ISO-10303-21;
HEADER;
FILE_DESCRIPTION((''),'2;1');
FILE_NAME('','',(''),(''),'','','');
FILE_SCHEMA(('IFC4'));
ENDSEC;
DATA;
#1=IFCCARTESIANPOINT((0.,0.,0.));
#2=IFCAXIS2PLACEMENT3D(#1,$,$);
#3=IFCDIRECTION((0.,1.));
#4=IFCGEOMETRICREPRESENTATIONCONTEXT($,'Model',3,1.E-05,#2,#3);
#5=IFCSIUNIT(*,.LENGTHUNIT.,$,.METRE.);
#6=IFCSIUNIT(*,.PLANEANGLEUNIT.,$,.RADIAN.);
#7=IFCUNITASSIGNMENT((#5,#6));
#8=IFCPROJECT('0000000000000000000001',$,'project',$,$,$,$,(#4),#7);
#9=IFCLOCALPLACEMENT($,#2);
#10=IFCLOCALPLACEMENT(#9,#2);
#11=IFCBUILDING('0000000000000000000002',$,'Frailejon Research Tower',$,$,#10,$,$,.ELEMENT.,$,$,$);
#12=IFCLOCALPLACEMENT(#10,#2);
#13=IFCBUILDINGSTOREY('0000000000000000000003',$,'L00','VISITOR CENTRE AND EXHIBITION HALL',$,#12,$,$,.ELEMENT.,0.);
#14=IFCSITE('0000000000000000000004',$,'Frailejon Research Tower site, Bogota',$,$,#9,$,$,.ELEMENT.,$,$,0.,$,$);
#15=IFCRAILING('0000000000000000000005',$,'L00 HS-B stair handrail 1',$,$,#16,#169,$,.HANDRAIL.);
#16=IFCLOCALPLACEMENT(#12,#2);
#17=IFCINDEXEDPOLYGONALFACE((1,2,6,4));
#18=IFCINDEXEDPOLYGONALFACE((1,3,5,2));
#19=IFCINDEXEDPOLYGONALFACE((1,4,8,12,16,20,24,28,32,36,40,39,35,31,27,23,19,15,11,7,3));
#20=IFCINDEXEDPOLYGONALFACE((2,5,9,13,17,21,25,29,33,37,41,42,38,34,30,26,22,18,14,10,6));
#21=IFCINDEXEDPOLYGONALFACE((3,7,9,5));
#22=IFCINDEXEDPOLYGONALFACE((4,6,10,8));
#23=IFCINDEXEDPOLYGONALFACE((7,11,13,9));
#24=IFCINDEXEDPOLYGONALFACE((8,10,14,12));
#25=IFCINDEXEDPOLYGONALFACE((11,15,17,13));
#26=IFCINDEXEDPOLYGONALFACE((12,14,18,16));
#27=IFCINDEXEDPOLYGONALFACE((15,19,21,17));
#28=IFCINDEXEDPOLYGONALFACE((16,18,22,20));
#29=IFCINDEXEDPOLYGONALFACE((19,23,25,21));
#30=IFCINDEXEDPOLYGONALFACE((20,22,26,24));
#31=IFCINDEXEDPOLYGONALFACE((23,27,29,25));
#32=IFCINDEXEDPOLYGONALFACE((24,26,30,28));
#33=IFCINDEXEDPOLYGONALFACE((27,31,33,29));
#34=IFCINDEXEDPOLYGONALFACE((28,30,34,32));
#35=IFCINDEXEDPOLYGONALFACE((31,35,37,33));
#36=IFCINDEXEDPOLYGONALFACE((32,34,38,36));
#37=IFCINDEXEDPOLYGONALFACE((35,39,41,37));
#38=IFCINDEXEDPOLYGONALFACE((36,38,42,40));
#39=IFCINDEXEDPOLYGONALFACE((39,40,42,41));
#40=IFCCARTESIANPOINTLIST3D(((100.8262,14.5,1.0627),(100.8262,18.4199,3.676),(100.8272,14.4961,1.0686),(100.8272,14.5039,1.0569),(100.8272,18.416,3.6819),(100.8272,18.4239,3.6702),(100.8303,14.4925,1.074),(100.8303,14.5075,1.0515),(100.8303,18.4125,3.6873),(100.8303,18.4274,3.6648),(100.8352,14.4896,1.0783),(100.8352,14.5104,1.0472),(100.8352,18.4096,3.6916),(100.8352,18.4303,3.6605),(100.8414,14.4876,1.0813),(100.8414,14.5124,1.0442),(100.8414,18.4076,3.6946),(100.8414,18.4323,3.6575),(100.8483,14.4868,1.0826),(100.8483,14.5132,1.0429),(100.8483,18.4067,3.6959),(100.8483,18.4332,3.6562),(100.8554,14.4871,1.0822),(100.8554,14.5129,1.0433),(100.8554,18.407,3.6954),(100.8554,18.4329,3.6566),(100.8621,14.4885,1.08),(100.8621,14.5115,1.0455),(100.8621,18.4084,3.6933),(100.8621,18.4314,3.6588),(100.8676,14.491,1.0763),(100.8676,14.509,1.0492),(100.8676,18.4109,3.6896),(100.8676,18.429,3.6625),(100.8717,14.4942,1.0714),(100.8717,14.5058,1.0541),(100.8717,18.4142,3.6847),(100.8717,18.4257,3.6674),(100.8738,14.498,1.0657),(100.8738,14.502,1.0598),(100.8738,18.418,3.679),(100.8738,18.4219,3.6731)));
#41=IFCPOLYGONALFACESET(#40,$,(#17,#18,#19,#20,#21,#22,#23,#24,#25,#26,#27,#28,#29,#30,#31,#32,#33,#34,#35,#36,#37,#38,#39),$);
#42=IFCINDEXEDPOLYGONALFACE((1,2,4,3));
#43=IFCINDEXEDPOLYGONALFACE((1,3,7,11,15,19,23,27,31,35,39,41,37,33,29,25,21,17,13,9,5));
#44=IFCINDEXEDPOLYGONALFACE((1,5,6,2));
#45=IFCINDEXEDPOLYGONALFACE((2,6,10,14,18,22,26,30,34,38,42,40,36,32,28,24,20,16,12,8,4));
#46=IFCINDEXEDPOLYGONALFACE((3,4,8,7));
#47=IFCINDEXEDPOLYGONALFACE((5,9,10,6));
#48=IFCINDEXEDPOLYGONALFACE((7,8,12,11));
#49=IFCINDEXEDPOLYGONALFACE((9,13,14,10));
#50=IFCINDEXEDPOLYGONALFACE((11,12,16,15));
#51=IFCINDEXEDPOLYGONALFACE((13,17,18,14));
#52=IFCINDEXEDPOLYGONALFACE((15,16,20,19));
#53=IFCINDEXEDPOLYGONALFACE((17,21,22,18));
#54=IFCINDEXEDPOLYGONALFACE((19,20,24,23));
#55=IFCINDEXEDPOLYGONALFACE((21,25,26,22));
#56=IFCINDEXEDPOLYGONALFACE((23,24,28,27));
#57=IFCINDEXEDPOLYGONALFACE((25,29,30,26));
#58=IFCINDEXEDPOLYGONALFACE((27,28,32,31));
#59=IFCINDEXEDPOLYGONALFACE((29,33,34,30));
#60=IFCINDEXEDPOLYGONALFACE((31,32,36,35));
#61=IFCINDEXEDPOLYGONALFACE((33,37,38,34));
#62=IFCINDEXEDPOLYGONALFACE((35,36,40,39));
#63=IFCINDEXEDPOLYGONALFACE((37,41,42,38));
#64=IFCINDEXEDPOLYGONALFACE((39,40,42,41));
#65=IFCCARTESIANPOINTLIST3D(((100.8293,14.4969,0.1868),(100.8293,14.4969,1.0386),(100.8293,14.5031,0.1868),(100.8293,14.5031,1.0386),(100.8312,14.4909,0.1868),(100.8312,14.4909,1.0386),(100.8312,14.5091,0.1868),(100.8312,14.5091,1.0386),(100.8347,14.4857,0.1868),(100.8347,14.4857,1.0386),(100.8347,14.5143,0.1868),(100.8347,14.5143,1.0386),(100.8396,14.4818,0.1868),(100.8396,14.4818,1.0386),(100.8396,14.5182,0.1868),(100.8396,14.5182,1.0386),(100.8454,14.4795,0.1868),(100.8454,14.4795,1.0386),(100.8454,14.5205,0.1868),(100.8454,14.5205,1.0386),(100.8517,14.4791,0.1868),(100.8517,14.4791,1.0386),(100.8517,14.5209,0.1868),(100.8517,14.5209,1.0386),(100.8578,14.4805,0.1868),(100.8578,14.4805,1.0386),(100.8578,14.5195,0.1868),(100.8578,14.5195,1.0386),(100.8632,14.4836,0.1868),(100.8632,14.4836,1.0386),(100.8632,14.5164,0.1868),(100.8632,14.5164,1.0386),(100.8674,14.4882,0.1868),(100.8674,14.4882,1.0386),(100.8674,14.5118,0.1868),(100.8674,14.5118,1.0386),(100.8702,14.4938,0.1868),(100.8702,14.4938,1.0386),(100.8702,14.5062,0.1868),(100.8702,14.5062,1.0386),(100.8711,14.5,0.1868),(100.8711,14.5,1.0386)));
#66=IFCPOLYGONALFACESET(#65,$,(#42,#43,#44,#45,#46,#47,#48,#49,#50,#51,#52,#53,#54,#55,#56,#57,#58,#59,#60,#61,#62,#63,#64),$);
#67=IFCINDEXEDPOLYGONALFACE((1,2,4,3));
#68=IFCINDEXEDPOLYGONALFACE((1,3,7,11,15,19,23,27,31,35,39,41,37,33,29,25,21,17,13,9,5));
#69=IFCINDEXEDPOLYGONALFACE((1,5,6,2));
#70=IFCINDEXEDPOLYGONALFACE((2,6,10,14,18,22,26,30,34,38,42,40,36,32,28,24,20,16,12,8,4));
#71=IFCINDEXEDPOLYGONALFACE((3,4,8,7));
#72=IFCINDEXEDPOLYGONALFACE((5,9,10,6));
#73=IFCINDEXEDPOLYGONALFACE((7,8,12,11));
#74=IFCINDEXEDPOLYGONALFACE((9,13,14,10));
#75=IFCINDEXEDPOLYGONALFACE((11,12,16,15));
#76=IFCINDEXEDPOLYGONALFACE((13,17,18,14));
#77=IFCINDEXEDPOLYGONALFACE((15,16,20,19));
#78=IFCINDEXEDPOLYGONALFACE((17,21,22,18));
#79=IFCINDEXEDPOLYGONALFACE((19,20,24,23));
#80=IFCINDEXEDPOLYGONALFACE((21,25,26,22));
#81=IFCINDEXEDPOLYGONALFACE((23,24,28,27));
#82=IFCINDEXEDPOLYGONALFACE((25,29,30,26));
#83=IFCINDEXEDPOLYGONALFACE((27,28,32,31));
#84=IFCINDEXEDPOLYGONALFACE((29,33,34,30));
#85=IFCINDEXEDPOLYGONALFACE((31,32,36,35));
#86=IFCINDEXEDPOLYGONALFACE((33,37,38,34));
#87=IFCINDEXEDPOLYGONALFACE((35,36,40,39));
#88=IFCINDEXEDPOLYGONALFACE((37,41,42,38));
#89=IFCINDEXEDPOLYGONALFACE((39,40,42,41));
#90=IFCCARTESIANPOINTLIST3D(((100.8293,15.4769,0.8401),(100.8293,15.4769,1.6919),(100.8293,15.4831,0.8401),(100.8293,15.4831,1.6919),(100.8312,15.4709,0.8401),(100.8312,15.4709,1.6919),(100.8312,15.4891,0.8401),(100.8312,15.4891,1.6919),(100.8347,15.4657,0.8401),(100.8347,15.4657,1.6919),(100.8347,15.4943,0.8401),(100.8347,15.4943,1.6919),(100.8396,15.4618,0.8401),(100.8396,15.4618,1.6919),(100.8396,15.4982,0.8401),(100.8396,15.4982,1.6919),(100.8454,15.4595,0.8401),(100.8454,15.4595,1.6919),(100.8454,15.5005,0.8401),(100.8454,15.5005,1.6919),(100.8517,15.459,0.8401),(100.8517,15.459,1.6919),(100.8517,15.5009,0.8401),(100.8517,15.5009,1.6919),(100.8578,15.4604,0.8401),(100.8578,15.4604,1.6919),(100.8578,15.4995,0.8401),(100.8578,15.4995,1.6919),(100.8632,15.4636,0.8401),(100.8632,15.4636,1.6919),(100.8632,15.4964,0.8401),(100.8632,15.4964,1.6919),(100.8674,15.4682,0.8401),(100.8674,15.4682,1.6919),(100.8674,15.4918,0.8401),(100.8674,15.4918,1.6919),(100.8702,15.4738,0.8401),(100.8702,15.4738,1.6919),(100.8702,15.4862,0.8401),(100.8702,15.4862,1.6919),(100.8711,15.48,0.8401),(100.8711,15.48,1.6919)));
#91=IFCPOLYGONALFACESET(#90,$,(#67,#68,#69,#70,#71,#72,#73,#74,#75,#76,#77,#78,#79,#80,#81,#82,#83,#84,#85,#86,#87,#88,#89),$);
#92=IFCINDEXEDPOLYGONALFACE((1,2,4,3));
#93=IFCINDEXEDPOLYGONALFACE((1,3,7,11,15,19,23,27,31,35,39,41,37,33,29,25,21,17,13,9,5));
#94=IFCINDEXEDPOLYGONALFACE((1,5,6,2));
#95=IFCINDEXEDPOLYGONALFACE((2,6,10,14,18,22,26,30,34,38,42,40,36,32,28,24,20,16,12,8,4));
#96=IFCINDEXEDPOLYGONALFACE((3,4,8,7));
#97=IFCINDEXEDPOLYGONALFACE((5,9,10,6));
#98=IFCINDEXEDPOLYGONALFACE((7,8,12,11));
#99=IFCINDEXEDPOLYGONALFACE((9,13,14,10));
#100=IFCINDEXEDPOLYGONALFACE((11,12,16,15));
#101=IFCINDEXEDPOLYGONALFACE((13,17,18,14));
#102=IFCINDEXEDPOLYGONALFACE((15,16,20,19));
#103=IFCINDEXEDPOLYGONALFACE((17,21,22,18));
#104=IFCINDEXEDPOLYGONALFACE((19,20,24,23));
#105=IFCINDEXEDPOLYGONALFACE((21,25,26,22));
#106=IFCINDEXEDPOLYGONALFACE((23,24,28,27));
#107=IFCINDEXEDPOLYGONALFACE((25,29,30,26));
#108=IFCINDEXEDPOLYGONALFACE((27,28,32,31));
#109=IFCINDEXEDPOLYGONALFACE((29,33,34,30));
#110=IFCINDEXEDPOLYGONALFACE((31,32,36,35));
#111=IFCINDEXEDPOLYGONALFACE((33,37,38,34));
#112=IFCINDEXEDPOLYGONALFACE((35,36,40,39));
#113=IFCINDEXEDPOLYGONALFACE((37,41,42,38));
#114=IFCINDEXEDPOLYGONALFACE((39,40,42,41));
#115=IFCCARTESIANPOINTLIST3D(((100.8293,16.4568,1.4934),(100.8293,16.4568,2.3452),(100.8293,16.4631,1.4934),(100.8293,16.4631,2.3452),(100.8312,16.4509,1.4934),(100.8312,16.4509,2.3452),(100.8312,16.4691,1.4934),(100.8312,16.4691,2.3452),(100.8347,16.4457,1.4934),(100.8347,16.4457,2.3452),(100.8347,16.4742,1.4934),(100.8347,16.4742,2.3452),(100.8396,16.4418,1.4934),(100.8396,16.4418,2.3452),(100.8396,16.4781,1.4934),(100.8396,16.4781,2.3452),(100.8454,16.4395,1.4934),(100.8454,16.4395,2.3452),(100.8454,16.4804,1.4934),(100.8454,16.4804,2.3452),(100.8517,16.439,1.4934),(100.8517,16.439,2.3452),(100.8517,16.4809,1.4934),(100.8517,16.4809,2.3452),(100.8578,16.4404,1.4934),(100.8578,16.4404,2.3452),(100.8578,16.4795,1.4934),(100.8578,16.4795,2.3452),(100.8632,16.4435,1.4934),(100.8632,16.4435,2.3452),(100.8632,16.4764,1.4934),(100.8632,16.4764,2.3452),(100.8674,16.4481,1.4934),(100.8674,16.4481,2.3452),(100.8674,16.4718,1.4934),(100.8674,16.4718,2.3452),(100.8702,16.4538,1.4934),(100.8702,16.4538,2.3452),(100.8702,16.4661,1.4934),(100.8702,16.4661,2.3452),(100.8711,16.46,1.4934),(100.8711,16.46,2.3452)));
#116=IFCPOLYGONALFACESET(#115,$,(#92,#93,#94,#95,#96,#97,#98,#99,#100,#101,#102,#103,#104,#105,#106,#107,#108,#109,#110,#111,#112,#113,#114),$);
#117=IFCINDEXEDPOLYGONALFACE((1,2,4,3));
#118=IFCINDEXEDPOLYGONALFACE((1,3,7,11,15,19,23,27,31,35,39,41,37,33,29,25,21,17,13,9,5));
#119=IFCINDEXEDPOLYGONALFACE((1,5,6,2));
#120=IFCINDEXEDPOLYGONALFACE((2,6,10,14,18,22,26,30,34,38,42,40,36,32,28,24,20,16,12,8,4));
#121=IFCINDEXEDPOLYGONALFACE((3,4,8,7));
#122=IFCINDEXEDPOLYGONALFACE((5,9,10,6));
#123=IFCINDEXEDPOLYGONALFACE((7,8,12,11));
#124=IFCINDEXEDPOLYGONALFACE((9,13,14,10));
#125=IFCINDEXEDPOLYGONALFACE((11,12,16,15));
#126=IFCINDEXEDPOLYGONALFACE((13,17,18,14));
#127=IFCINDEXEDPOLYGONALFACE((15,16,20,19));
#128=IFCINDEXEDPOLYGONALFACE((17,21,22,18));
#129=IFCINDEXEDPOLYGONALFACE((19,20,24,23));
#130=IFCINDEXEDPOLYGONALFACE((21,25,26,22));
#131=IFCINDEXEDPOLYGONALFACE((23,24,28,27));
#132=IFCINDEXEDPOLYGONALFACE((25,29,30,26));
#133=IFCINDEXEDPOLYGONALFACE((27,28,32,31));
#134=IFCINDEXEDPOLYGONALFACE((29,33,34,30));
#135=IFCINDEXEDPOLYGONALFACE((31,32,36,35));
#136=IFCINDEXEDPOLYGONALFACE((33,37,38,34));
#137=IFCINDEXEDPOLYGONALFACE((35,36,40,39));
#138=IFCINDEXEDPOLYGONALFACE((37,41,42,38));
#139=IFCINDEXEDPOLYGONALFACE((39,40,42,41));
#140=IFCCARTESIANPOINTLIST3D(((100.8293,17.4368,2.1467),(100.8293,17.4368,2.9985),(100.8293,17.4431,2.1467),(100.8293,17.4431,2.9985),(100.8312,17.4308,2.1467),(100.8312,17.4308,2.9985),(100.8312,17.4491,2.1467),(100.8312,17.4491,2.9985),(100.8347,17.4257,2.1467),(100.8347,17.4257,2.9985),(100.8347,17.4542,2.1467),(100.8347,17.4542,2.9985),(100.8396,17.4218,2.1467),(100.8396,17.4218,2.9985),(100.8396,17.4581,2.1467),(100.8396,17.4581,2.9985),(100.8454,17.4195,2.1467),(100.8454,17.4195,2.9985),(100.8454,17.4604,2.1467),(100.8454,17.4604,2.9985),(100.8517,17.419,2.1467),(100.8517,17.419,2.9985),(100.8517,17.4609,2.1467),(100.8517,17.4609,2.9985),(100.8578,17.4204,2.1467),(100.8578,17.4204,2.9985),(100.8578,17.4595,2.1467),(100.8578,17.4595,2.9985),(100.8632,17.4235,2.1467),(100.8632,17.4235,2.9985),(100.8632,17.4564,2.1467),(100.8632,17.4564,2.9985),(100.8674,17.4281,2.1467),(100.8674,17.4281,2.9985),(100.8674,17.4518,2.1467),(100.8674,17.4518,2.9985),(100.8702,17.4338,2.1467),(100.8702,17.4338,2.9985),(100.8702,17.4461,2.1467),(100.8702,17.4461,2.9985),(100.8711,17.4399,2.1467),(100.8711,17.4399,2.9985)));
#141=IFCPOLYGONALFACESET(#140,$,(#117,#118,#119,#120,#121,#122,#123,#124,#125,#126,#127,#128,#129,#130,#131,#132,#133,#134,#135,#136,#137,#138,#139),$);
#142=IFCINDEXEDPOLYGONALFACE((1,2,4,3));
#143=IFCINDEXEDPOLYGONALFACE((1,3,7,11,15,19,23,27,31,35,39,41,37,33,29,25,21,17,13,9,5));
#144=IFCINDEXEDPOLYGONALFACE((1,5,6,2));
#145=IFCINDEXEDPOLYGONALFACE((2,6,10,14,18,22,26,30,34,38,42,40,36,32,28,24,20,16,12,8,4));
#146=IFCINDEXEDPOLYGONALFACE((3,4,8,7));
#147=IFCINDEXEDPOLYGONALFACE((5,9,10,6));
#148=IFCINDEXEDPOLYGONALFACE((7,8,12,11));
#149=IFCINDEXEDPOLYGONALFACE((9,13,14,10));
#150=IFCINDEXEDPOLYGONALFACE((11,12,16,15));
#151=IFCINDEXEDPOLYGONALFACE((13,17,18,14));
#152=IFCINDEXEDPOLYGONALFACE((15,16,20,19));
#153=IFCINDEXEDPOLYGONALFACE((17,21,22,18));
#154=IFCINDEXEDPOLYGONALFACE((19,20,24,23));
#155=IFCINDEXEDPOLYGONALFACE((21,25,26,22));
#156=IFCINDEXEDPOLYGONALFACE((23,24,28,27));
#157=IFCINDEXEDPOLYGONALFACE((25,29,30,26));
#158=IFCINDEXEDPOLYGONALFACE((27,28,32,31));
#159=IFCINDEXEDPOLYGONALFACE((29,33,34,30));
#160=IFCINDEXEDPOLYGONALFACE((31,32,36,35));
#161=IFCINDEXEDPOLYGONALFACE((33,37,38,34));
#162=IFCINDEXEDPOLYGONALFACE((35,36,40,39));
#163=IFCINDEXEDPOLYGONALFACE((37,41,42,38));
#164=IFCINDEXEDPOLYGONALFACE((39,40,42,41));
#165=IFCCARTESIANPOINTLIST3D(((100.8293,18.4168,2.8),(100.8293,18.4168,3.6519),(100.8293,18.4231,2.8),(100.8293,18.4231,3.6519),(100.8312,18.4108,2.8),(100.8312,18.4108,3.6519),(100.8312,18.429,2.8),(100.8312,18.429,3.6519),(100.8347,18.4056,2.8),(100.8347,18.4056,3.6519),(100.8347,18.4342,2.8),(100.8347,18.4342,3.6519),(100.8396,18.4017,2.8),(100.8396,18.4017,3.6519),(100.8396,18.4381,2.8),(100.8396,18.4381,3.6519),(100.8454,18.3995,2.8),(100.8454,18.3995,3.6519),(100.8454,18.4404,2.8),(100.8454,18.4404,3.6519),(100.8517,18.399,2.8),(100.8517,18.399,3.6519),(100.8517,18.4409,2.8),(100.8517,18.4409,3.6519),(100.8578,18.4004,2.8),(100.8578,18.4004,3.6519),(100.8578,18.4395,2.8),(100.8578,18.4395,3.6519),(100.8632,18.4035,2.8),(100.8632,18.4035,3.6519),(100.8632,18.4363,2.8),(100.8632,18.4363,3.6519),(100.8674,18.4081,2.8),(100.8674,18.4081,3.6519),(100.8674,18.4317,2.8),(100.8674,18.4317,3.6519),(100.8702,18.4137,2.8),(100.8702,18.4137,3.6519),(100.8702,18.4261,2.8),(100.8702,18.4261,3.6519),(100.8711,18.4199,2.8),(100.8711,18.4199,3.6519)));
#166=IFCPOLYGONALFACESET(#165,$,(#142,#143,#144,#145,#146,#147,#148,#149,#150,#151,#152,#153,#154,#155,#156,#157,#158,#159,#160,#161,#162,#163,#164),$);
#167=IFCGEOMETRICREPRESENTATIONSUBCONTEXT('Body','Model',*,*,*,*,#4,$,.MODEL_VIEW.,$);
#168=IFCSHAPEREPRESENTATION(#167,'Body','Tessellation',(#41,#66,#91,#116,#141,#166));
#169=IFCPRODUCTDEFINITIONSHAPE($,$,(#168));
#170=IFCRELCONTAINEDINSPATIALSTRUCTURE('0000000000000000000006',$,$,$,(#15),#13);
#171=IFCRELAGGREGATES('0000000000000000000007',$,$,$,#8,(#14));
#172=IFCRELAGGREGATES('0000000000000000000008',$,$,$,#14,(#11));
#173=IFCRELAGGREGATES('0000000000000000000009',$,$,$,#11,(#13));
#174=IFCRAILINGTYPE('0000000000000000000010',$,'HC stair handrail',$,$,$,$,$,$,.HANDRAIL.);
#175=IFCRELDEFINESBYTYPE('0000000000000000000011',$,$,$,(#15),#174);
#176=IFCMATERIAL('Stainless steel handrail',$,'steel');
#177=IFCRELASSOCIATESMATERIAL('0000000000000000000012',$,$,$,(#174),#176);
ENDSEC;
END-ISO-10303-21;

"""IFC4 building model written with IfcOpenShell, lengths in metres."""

from ifc_helpers import new_model, si_unit, direction, frame, origin, origin_2d, place, context, subcontext, project, spatial, circle, extrude, material, type_object, element, save


model = new_model("IFC4")

# Units and contexts
model_context = context("Model", 3, precision=1e-05, world=origin(), true_north=direction((0.0, 1.0)))
body_context = subcontext(model_context, "Body", "Model", "MODEL_VIEW")
ifc_project = project(units=[si_unit("LENGTHUNIT", "METRE"), si_unit("PLANEANGLEUNIT", "RADIAN")], contexts=[model_context])

# Site, building, storey
site_placement = place(None, origin())
site = spatial("IfcSite", under=ifc_project, at=site_placement, Name="Frailejon Research Tower site, Bogota", CompositionType="ELEMENT", RefElevation=0.0)
building_placement = place(site_placement, origin())
building = spatial("IfcBuilding", under=site, at=building_placement, Name="Frailejon Research Tower", CompositionType="ELEMENT")
storey_placement = place(building_placement, origin())
storey = spatial("IfcBuildingStorey", under=building, at=storey_placement, Name="L00", Description="VISITOR CENTRE AND EXHIBITION HALL", CompositionType="ELEMENT", Elevation=0.0)

# Railing
ifc_material_1 = material(Name="Stainless steel handrail", Category="steel")
railing_type_1 = type_object("IfcRailingType", Name="HC stair handrail", PredefinedType="HANDRAIL", material=ifc_material_1)
railing_1_placement = place(storey_placement, frame((100.8501, 14.5, 0.1868)))
element("IfcRailing", 1, at=railing_1_placement, inside=storey, type_object=railing_type_1, Name="L00 HS-B stair handrail 1", PredefinedType="HANDRAIL", context=body_context, shape_type="SweptSolid", body=[
    extrude(circle(Radius=0.0239, at=origin_2d()), frame((0.0, 0.0, 0.876), z_axis=(0.0, 0.83205, 0.5547), x_axis=(-1.0, 0.0, 0.0)), (0.0, 0.0, 1.0), 4.7112),
    extrude(circle(Radius=0.021, at=origin_2d()), origin(), (0.0, 0.0, 1.0), 0.8518),
    extrude(circle(Radius=0.021, at=origin_2d()), frame((0.0, 0.98, 0.6533)), (0.0, 0.0, 1.0), 0.8518),
    extrude(circle(Radius=0.021, at=origin_2d()), frame((0.0, 1.96, 1.3066)), (0.0, 0.0, 1.0), 0.8518),
    extrude(circle(Radius=0.021, at=origin_2d()), frame((0.0, 2.9399, 1.96)), (0.0, 0.0, 1.0), 0.8518),
    extrude(circle(Radius=0.021, at=origin_2d()), frame((0.0, 3.9199, 2.6133)), (0.0, 0.0, 1.0), 0.8518),
])

save(model, "model.ifc")
